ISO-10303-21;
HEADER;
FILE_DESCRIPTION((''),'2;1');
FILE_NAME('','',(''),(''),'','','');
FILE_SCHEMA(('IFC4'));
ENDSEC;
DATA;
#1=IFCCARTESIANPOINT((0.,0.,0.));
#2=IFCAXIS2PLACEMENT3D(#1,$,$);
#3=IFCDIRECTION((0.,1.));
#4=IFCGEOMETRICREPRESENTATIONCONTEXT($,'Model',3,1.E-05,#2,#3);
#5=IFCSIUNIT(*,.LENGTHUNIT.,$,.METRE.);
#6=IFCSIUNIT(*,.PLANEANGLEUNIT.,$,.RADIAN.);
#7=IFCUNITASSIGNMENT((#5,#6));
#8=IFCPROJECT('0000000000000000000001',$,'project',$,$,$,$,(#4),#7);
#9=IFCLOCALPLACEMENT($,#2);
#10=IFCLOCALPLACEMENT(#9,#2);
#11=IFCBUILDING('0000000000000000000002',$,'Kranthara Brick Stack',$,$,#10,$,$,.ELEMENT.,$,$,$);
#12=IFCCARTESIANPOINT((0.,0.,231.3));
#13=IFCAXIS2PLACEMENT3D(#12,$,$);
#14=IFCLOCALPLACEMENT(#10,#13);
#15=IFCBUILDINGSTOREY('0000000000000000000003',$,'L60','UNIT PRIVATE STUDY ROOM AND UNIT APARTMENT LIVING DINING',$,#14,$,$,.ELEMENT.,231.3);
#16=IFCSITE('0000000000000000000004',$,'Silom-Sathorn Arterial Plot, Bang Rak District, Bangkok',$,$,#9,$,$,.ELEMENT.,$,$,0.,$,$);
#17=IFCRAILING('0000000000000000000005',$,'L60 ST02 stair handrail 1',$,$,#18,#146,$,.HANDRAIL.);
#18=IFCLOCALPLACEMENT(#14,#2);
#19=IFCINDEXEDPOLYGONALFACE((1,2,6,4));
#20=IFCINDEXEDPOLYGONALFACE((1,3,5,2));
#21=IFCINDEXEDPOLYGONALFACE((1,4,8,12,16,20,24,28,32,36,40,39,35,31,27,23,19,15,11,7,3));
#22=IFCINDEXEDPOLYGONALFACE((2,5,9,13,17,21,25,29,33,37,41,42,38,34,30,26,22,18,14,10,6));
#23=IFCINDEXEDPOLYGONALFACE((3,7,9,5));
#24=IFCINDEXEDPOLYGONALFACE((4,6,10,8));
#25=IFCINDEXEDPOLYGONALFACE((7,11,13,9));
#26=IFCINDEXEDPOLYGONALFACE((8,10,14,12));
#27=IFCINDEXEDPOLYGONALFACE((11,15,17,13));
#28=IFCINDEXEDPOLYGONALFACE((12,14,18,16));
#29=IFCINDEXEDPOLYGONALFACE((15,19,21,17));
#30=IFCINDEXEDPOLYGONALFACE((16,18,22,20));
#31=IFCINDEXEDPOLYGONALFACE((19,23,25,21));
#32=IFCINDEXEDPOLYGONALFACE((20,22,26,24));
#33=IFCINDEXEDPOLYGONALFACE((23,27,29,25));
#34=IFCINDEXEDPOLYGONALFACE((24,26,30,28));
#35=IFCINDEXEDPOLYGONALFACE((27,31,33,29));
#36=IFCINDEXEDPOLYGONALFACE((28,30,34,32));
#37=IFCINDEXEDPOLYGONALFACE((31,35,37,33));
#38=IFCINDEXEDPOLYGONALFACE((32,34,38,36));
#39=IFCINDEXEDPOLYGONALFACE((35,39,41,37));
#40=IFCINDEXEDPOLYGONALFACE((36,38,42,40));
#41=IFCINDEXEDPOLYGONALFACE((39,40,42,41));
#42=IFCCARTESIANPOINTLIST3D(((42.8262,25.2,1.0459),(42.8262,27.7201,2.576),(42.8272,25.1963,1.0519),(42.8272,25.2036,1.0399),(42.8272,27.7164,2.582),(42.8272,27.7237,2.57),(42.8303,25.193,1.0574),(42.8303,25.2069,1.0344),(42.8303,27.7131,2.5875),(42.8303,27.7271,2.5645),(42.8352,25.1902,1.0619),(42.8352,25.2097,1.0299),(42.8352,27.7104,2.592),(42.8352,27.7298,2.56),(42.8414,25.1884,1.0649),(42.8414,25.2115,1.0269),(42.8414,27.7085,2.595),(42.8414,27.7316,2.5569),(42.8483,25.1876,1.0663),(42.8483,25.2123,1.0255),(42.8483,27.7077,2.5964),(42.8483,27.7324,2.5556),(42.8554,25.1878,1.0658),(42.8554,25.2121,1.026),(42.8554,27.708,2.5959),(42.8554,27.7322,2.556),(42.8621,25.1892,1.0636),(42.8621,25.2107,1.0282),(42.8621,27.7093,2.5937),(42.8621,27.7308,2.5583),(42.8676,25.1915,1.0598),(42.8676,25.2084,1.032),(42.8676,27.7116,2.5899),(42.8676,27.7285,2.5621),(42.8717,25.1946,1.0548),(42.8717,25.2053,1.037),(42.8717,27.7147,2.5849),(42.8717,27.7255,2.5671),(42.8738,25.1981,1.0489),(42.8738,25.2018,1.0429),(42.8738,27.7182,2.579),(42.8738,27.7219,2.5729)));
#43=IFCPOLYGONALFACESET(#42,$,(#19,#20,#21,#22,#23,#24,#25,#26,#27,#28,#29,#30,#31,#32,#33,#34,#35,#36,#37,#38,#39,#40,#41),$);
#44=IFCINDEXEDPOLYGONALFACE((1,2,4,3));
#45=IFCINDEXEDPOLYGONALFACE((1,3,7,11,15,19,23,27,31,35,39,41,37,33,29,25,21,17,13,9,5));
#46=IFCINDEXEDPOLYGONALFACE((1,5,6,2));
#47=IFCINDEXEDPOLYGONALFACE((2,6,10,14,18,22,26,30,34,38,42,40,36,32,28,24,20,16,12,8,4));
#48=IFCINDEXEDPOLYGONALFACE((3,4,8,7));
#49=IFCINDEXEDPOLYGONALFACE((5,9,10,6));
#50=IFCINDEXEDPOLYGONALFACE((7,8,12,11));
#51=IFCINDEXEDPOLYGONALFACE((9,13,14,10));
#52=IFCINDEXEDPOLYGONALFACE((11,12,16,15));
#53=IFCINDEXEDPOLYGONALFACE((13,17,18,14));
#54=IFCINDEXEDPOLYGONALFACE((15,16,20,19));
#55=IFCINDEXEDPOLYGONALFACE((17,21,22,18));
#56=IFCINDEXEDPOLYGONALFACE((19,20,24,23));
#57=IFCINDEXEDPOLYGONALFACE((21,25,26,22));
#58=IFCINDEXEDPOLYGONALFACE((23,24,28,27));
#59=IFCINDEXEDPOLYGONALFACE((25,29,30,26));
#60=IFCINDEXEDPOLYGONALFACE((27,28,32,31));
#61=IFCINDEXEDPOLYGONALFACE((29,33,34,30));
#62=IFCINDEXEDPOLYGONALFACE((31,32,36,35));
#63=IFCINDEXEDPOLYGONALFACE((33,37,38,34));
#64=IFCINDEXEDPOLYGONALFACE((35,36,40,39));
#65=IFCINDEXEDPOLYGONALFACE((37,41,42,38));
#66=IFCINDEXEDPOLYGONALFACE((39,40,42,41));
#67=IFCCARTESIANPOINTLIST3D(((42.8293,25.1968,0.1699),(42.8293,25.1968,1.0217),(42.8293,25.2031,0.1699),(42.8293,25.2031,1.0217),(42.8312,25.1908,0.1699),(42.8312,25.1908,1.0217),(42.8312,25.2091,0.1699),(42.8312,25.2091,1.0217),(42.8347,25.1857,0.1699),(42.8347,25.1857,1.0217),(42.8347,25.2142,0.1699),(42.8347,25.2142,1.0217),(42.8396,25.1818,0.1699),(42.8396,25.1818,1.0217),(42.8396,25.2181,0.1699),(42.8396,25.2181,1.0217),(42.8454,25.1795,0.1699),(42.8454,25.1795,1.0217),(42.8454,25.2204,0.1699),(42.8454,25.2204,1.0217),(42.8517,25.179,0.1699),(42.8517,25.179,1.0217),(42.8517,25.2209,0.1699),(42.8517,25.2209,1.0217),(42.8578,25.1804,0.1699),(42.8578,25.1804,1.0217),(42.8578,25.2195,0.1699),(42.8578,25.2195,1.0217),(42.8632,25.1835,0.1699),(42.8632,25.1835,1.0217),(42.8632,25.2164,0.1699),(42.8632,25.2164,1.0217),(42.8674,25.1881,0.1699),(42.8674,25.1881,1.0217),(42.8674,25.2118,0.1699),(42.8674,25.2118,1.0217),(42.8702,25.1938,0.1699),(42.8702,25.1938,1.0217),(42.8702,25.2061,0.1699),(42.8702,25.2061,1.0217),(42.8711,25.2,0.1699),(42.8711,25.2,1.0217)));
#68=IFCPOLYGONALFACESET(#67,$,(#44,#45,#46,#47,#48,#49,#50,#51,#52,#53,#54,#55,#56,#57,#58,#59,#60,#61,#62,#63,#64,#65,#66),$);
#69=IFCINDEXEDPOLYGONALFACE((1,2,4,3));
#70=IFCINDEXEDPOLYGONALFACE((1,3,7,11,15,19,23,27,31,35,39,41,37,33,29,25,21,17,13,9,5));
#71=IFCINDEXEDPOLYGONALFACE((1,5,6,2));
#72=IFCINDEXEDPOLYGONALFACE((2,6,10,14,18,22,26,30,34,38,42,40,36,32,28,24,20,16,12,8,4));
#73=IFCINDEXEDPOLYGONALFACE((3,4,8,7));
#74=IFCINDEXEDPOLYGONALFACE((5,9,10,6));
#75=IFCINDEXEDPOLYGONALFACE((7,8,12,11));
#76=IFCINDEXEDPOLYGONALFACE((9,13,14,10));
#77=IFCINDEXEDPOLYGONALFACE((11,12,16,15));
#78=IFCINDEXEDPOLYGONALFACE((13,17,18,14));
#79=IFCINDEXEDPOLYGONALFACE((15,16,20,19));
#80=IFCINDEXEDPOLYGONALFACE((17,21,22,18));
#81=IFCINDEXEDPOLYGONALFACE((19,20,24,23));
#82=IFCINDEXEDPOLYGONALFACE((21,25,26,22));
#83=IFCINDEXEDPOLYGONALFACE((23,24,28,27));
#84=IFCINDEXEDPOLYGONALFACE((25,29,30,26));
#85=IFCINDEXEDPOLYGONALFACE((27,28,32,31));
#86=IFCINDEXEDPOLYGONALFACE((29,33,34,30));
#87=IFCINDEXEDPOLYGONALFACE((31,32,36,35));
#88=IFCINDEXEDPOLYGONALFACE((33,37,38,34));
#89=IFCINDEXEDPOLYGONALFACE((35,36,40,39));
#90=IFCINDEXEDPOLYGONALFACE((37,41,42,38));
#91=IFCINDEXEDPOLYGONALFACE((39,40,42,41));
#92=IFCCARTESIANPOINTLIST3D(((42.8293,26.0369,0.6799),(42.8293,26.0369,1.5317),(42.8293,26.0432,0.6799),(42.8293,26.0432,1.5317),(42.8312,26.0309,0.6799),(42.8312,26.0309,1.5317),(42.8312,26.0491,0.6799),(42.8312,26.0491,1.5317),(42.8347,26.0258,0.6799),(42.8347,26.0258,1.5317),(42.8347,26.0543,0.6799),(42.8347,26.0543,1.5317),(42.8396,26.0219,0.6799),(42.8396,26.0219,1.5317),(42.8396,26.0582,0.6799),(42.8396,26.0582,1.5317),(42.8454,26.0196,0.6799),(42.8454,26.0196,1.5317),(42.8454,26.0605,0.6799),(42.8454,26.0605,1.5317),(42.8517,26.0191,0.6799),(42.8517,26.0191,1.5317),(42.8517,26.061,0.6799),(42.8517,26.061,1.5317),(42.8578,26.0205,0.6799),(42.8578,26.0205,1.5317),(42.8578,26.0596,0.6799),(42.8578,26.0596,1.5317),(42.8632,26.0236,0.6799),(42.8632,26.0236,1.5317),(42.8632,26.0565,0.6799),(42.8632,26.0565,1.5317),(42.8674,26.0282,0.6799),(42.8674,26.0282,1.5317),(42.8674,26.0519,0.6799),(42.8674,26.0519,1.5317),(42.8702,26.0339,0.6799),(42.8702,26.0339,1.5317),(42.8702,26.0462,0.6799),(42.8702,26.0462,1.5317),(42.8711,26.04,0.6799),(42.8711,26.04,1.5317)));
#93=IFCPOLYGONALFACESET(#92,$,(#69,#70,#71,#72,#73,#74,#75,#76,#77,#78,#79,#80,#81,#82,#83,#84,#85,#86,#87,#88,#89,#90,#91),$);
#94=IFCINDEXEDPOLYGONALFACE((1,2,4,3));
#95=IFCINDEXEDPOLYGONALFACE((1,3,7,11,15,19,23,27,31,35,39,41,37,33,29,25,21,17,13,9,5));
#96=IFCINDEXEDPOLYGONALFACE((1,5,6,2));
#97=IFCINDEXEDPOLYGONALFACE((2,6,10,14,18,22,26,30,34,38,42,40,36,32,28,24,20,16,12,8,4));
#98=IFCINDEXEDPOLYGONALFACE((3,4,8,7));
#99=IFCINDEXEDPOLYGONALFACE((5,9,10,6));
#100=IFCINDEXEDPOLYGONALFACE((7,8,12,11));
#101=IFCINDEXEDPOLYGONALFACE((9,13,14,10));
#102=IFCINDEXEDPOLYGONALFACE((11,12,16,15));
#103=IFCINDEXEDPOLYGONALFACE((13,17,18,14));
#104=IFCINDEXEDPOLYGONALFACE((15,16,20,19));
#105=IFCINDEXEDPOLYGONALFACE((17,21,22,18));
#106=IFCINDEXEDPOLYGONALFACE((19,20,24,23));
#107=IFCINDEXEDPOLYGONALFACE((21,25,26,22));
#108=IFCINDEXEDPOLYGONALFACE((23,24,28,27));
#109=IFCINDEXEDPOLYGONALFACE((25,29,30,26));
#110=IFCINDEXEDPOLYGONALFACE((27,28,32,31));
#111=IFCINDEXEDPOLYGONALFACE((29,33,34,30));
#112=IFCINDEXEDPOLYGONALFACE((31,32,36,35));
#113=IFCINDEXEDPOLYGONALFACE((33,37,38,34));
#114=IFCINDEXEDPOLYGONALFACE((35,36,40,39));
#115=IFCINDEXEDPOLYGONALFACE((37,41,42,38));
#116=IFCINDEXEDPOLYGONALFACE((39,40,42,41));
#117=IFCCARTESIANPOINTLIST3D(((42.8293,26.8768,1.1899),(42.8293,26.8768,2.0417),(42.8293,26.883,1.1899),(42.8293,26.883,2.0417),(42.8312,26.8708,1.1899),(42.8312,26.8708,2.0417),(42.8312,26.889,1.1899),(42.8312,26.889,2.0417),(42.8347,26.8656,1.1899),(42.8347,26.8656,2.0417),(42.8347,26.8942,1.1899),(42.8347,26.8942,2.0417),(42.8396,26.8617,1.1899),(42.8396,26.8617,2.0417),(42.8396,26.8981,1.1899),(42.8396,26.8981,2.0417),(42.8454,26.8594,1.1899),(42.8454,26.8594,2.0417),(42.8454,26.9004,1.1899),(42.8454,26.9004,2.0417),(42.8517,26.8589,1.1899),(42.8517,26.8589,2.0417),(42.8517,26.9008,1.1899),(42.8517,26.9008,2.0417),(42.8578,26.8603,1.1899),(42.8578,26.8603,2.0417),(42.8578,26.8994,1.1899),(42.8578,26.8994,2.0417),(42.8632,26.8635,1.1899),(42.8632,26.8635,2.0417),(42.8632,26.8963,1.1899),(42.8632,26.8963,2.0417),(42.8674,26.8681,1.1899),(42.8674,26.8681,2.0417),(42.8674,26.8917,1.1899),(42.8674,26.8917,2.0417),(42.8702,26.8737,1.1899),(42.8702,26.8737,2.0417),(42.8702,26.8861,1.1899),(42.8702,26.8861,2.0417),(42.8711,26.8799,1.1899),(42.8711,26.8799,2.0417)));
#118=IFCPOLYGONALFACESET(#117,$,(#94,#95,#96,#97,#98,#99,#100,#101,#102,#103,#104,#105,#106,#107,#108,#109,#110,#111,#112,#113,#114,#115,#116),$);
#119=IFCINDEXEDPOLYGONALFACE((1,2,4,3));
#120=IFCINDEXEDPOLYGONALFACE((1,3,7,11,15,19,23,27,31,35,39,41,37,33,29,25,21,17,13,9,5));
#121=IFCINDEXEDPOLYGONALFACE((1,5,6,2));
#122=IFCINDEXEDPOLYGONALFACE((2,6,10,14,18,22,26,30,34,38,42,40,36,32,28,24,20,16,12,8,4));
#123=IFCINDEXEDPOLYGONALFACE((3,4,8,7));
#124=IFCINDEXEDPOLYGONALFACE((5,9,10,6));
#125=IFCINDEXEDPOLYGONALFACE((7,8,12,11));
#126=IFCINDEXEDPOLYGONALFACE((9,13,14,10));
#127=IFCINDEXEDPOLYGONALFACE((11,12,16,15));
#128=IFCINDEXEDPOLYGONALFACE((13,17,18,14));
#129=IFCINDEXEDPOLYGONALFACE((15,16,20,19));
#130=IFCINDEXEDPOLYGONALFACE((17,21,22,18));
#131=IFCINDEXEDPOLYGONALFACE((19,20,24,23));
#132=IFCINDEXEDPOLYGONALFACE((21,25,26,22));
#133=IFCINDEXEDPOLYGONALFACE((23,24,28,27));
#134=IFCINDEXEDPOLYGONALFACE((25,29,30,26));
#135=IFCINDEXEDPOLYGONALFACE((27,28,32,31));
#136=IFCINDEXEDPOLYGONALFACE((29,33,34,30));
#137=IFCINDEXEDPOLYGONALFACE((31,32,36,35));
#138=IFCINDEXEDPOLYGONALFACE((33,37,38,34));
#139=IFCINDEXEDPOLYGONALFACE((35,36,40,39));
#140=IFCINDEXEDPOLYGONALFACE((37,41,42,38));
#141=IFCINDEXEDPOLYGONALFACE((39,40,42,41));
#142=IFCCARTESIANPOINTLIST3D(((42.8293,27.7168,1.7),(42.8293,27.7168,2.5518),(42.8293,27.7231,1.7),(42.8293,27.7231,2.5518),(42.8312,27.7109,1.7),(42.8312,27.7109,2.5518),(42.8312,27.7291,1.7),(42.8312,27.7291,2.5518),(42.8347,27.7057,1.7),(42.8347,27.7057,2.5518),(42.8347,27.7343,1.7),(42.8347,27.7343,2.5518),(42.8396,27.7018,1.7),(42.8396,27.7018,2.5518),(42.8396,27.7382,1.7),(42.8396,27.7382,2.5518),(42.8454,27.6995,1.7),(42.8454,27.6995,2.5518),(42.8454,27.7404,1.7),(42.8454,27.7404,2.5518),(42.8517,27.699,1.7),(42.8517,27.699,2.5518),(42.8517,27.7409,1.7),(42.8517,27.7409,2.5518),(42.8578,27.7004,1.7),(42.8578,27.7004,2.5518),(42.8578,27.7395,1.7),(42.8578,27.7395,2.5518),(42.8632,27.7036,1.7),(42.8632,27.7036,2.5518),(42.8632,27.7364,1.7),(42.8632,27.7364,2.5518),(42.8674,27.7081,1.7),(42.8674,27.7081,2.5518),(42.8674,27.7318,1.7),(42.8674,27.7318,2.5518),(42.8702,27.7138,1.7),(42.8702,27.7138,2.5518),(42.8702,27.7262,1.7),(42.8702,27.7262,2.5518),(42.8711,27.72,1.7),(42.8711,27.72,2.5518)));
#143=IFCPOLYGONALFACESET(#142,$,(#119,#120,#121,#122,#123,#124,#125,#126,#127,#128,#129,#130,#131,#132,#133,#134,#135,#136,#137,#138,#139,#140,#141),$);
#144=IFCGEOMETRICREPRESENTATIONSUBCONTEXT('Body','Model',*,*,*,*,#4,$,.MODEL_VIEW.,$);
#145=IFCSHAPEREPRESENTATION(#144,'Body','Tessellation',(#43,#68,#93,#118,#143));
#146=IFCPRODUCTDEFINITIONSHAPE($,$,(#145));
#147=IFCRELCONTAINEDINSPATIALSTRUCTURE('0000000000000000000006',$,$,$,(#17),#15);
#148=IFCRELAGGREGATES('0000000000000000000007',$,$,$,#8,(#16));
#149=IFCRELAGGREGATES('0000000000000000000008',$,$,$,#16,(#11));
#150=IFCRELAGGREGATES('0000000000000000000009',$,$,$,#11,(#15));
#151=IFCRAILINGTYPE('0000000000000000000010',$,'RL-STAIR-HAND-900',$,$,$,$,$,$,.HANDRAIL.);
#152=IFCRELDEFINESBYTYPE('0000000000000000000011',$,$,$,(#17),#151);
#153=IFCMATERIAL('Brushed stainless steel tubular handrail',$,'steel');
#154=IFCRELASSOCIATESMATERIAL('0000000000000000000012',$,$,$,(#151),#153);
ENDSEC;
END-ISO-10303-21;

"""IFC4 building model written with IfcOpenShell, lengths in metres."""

from ifc_helpers import new_model, si_unit, direction, frame, origin, origin_2d, place, context, subcontext, project, spatial, circle, extrude, material, type_object, element, save


model = new_model("IFC4")

# Units and contexts
model_context = context("Model", 3, precision=1e-05, world=origin(), true_north=direction((0.0, 1.0)))
body_context = subcontext(model_context, "Body", "Model", "MODEL_VIEW")
ifc_project = project(units=[si_unit("LENGTHUNIT", "METRE"), si_unit("PLANEANGLEUNIT", "RADIAN")], contexts=[model_context])

# Site, building, storey
site_placement = place(None, origin())
site = spatial("IfcSite", under=ifc_project, at=site_placement, Name="Silom-Sathorn Arterial Plot, Bang Rak District, Bangkok", CompositionType="ELEMENT", RefElevation=0.0)
building_placement = place(site_placement, origin())
building = spatial("IfcBuilding", under=site, at=building_placement, Name="Kranthara Brick Stack", CompositionType="ELEMENT")
storey_placement = place(building_placement, frame((0.0, 0.0, 231.3)))
storey = spatial("IfcBuildingStorey", under=building, at=storey_placement, Name="L60", Description="UNIT PRIVATE STUDY ROOM AND UNIT APARTMENT LIVING DINING", CompositionType="ELEMENT", Elevation=231.3)

# Railing
ifc_material_1 = material(Name="Brushed stainless steel tubular handrail", Category="steel")
railing_type_1 = type_object("IfcRailingType", Name="RL-STAIR-HAND-900", PredefinedType="HANDRAIL", material=ifc_material_1)
railing_1_placement = place(storey_placement, frame((42.8501, 25.2, 0.1699)))
element("IfcRailing", 1, at=railing_1_placement, inside=storey, type_object=railing_type_1, Name="L60 ST02 stair handrail 1", PredefinedType="HANDRAIL", context=body_context, shape_type="SweptSolid", body=[
    extrude(circle(Radius=0.0239, at=origin_2d()), frame((0.0, 0.0, 0.876), z_axis=(0.0, 0.854785, 0.518982), x_axis=(-1.0, 0.0, 0.0)), (0.0, 0.0, 1.0), 2.9482),
    extrude(circle(Radius=0.021, at=origin_2d()), origin(), (0.0, 0.0, 1.0), 0.8518),
    extrude(circle(Radius=0.021, at=origin_2d()), frame((0.0, 0.8401, 0.51)), (0.0, 0.0, 1.0), 0.8518),
    extrude(circle(Radius=0.021, at=origin_2d()), frame((0.0, 1.6799, 1.02)), (0.0, 0.0, 1.0), 0.8518),
    extrude(circle(Radius=0.021, at=origin_2d()), frame((0.0, 2.52, 1.53)), (0.0, 0.0, 1.0), 0.8518),
])

save(model, "model.ifc")
